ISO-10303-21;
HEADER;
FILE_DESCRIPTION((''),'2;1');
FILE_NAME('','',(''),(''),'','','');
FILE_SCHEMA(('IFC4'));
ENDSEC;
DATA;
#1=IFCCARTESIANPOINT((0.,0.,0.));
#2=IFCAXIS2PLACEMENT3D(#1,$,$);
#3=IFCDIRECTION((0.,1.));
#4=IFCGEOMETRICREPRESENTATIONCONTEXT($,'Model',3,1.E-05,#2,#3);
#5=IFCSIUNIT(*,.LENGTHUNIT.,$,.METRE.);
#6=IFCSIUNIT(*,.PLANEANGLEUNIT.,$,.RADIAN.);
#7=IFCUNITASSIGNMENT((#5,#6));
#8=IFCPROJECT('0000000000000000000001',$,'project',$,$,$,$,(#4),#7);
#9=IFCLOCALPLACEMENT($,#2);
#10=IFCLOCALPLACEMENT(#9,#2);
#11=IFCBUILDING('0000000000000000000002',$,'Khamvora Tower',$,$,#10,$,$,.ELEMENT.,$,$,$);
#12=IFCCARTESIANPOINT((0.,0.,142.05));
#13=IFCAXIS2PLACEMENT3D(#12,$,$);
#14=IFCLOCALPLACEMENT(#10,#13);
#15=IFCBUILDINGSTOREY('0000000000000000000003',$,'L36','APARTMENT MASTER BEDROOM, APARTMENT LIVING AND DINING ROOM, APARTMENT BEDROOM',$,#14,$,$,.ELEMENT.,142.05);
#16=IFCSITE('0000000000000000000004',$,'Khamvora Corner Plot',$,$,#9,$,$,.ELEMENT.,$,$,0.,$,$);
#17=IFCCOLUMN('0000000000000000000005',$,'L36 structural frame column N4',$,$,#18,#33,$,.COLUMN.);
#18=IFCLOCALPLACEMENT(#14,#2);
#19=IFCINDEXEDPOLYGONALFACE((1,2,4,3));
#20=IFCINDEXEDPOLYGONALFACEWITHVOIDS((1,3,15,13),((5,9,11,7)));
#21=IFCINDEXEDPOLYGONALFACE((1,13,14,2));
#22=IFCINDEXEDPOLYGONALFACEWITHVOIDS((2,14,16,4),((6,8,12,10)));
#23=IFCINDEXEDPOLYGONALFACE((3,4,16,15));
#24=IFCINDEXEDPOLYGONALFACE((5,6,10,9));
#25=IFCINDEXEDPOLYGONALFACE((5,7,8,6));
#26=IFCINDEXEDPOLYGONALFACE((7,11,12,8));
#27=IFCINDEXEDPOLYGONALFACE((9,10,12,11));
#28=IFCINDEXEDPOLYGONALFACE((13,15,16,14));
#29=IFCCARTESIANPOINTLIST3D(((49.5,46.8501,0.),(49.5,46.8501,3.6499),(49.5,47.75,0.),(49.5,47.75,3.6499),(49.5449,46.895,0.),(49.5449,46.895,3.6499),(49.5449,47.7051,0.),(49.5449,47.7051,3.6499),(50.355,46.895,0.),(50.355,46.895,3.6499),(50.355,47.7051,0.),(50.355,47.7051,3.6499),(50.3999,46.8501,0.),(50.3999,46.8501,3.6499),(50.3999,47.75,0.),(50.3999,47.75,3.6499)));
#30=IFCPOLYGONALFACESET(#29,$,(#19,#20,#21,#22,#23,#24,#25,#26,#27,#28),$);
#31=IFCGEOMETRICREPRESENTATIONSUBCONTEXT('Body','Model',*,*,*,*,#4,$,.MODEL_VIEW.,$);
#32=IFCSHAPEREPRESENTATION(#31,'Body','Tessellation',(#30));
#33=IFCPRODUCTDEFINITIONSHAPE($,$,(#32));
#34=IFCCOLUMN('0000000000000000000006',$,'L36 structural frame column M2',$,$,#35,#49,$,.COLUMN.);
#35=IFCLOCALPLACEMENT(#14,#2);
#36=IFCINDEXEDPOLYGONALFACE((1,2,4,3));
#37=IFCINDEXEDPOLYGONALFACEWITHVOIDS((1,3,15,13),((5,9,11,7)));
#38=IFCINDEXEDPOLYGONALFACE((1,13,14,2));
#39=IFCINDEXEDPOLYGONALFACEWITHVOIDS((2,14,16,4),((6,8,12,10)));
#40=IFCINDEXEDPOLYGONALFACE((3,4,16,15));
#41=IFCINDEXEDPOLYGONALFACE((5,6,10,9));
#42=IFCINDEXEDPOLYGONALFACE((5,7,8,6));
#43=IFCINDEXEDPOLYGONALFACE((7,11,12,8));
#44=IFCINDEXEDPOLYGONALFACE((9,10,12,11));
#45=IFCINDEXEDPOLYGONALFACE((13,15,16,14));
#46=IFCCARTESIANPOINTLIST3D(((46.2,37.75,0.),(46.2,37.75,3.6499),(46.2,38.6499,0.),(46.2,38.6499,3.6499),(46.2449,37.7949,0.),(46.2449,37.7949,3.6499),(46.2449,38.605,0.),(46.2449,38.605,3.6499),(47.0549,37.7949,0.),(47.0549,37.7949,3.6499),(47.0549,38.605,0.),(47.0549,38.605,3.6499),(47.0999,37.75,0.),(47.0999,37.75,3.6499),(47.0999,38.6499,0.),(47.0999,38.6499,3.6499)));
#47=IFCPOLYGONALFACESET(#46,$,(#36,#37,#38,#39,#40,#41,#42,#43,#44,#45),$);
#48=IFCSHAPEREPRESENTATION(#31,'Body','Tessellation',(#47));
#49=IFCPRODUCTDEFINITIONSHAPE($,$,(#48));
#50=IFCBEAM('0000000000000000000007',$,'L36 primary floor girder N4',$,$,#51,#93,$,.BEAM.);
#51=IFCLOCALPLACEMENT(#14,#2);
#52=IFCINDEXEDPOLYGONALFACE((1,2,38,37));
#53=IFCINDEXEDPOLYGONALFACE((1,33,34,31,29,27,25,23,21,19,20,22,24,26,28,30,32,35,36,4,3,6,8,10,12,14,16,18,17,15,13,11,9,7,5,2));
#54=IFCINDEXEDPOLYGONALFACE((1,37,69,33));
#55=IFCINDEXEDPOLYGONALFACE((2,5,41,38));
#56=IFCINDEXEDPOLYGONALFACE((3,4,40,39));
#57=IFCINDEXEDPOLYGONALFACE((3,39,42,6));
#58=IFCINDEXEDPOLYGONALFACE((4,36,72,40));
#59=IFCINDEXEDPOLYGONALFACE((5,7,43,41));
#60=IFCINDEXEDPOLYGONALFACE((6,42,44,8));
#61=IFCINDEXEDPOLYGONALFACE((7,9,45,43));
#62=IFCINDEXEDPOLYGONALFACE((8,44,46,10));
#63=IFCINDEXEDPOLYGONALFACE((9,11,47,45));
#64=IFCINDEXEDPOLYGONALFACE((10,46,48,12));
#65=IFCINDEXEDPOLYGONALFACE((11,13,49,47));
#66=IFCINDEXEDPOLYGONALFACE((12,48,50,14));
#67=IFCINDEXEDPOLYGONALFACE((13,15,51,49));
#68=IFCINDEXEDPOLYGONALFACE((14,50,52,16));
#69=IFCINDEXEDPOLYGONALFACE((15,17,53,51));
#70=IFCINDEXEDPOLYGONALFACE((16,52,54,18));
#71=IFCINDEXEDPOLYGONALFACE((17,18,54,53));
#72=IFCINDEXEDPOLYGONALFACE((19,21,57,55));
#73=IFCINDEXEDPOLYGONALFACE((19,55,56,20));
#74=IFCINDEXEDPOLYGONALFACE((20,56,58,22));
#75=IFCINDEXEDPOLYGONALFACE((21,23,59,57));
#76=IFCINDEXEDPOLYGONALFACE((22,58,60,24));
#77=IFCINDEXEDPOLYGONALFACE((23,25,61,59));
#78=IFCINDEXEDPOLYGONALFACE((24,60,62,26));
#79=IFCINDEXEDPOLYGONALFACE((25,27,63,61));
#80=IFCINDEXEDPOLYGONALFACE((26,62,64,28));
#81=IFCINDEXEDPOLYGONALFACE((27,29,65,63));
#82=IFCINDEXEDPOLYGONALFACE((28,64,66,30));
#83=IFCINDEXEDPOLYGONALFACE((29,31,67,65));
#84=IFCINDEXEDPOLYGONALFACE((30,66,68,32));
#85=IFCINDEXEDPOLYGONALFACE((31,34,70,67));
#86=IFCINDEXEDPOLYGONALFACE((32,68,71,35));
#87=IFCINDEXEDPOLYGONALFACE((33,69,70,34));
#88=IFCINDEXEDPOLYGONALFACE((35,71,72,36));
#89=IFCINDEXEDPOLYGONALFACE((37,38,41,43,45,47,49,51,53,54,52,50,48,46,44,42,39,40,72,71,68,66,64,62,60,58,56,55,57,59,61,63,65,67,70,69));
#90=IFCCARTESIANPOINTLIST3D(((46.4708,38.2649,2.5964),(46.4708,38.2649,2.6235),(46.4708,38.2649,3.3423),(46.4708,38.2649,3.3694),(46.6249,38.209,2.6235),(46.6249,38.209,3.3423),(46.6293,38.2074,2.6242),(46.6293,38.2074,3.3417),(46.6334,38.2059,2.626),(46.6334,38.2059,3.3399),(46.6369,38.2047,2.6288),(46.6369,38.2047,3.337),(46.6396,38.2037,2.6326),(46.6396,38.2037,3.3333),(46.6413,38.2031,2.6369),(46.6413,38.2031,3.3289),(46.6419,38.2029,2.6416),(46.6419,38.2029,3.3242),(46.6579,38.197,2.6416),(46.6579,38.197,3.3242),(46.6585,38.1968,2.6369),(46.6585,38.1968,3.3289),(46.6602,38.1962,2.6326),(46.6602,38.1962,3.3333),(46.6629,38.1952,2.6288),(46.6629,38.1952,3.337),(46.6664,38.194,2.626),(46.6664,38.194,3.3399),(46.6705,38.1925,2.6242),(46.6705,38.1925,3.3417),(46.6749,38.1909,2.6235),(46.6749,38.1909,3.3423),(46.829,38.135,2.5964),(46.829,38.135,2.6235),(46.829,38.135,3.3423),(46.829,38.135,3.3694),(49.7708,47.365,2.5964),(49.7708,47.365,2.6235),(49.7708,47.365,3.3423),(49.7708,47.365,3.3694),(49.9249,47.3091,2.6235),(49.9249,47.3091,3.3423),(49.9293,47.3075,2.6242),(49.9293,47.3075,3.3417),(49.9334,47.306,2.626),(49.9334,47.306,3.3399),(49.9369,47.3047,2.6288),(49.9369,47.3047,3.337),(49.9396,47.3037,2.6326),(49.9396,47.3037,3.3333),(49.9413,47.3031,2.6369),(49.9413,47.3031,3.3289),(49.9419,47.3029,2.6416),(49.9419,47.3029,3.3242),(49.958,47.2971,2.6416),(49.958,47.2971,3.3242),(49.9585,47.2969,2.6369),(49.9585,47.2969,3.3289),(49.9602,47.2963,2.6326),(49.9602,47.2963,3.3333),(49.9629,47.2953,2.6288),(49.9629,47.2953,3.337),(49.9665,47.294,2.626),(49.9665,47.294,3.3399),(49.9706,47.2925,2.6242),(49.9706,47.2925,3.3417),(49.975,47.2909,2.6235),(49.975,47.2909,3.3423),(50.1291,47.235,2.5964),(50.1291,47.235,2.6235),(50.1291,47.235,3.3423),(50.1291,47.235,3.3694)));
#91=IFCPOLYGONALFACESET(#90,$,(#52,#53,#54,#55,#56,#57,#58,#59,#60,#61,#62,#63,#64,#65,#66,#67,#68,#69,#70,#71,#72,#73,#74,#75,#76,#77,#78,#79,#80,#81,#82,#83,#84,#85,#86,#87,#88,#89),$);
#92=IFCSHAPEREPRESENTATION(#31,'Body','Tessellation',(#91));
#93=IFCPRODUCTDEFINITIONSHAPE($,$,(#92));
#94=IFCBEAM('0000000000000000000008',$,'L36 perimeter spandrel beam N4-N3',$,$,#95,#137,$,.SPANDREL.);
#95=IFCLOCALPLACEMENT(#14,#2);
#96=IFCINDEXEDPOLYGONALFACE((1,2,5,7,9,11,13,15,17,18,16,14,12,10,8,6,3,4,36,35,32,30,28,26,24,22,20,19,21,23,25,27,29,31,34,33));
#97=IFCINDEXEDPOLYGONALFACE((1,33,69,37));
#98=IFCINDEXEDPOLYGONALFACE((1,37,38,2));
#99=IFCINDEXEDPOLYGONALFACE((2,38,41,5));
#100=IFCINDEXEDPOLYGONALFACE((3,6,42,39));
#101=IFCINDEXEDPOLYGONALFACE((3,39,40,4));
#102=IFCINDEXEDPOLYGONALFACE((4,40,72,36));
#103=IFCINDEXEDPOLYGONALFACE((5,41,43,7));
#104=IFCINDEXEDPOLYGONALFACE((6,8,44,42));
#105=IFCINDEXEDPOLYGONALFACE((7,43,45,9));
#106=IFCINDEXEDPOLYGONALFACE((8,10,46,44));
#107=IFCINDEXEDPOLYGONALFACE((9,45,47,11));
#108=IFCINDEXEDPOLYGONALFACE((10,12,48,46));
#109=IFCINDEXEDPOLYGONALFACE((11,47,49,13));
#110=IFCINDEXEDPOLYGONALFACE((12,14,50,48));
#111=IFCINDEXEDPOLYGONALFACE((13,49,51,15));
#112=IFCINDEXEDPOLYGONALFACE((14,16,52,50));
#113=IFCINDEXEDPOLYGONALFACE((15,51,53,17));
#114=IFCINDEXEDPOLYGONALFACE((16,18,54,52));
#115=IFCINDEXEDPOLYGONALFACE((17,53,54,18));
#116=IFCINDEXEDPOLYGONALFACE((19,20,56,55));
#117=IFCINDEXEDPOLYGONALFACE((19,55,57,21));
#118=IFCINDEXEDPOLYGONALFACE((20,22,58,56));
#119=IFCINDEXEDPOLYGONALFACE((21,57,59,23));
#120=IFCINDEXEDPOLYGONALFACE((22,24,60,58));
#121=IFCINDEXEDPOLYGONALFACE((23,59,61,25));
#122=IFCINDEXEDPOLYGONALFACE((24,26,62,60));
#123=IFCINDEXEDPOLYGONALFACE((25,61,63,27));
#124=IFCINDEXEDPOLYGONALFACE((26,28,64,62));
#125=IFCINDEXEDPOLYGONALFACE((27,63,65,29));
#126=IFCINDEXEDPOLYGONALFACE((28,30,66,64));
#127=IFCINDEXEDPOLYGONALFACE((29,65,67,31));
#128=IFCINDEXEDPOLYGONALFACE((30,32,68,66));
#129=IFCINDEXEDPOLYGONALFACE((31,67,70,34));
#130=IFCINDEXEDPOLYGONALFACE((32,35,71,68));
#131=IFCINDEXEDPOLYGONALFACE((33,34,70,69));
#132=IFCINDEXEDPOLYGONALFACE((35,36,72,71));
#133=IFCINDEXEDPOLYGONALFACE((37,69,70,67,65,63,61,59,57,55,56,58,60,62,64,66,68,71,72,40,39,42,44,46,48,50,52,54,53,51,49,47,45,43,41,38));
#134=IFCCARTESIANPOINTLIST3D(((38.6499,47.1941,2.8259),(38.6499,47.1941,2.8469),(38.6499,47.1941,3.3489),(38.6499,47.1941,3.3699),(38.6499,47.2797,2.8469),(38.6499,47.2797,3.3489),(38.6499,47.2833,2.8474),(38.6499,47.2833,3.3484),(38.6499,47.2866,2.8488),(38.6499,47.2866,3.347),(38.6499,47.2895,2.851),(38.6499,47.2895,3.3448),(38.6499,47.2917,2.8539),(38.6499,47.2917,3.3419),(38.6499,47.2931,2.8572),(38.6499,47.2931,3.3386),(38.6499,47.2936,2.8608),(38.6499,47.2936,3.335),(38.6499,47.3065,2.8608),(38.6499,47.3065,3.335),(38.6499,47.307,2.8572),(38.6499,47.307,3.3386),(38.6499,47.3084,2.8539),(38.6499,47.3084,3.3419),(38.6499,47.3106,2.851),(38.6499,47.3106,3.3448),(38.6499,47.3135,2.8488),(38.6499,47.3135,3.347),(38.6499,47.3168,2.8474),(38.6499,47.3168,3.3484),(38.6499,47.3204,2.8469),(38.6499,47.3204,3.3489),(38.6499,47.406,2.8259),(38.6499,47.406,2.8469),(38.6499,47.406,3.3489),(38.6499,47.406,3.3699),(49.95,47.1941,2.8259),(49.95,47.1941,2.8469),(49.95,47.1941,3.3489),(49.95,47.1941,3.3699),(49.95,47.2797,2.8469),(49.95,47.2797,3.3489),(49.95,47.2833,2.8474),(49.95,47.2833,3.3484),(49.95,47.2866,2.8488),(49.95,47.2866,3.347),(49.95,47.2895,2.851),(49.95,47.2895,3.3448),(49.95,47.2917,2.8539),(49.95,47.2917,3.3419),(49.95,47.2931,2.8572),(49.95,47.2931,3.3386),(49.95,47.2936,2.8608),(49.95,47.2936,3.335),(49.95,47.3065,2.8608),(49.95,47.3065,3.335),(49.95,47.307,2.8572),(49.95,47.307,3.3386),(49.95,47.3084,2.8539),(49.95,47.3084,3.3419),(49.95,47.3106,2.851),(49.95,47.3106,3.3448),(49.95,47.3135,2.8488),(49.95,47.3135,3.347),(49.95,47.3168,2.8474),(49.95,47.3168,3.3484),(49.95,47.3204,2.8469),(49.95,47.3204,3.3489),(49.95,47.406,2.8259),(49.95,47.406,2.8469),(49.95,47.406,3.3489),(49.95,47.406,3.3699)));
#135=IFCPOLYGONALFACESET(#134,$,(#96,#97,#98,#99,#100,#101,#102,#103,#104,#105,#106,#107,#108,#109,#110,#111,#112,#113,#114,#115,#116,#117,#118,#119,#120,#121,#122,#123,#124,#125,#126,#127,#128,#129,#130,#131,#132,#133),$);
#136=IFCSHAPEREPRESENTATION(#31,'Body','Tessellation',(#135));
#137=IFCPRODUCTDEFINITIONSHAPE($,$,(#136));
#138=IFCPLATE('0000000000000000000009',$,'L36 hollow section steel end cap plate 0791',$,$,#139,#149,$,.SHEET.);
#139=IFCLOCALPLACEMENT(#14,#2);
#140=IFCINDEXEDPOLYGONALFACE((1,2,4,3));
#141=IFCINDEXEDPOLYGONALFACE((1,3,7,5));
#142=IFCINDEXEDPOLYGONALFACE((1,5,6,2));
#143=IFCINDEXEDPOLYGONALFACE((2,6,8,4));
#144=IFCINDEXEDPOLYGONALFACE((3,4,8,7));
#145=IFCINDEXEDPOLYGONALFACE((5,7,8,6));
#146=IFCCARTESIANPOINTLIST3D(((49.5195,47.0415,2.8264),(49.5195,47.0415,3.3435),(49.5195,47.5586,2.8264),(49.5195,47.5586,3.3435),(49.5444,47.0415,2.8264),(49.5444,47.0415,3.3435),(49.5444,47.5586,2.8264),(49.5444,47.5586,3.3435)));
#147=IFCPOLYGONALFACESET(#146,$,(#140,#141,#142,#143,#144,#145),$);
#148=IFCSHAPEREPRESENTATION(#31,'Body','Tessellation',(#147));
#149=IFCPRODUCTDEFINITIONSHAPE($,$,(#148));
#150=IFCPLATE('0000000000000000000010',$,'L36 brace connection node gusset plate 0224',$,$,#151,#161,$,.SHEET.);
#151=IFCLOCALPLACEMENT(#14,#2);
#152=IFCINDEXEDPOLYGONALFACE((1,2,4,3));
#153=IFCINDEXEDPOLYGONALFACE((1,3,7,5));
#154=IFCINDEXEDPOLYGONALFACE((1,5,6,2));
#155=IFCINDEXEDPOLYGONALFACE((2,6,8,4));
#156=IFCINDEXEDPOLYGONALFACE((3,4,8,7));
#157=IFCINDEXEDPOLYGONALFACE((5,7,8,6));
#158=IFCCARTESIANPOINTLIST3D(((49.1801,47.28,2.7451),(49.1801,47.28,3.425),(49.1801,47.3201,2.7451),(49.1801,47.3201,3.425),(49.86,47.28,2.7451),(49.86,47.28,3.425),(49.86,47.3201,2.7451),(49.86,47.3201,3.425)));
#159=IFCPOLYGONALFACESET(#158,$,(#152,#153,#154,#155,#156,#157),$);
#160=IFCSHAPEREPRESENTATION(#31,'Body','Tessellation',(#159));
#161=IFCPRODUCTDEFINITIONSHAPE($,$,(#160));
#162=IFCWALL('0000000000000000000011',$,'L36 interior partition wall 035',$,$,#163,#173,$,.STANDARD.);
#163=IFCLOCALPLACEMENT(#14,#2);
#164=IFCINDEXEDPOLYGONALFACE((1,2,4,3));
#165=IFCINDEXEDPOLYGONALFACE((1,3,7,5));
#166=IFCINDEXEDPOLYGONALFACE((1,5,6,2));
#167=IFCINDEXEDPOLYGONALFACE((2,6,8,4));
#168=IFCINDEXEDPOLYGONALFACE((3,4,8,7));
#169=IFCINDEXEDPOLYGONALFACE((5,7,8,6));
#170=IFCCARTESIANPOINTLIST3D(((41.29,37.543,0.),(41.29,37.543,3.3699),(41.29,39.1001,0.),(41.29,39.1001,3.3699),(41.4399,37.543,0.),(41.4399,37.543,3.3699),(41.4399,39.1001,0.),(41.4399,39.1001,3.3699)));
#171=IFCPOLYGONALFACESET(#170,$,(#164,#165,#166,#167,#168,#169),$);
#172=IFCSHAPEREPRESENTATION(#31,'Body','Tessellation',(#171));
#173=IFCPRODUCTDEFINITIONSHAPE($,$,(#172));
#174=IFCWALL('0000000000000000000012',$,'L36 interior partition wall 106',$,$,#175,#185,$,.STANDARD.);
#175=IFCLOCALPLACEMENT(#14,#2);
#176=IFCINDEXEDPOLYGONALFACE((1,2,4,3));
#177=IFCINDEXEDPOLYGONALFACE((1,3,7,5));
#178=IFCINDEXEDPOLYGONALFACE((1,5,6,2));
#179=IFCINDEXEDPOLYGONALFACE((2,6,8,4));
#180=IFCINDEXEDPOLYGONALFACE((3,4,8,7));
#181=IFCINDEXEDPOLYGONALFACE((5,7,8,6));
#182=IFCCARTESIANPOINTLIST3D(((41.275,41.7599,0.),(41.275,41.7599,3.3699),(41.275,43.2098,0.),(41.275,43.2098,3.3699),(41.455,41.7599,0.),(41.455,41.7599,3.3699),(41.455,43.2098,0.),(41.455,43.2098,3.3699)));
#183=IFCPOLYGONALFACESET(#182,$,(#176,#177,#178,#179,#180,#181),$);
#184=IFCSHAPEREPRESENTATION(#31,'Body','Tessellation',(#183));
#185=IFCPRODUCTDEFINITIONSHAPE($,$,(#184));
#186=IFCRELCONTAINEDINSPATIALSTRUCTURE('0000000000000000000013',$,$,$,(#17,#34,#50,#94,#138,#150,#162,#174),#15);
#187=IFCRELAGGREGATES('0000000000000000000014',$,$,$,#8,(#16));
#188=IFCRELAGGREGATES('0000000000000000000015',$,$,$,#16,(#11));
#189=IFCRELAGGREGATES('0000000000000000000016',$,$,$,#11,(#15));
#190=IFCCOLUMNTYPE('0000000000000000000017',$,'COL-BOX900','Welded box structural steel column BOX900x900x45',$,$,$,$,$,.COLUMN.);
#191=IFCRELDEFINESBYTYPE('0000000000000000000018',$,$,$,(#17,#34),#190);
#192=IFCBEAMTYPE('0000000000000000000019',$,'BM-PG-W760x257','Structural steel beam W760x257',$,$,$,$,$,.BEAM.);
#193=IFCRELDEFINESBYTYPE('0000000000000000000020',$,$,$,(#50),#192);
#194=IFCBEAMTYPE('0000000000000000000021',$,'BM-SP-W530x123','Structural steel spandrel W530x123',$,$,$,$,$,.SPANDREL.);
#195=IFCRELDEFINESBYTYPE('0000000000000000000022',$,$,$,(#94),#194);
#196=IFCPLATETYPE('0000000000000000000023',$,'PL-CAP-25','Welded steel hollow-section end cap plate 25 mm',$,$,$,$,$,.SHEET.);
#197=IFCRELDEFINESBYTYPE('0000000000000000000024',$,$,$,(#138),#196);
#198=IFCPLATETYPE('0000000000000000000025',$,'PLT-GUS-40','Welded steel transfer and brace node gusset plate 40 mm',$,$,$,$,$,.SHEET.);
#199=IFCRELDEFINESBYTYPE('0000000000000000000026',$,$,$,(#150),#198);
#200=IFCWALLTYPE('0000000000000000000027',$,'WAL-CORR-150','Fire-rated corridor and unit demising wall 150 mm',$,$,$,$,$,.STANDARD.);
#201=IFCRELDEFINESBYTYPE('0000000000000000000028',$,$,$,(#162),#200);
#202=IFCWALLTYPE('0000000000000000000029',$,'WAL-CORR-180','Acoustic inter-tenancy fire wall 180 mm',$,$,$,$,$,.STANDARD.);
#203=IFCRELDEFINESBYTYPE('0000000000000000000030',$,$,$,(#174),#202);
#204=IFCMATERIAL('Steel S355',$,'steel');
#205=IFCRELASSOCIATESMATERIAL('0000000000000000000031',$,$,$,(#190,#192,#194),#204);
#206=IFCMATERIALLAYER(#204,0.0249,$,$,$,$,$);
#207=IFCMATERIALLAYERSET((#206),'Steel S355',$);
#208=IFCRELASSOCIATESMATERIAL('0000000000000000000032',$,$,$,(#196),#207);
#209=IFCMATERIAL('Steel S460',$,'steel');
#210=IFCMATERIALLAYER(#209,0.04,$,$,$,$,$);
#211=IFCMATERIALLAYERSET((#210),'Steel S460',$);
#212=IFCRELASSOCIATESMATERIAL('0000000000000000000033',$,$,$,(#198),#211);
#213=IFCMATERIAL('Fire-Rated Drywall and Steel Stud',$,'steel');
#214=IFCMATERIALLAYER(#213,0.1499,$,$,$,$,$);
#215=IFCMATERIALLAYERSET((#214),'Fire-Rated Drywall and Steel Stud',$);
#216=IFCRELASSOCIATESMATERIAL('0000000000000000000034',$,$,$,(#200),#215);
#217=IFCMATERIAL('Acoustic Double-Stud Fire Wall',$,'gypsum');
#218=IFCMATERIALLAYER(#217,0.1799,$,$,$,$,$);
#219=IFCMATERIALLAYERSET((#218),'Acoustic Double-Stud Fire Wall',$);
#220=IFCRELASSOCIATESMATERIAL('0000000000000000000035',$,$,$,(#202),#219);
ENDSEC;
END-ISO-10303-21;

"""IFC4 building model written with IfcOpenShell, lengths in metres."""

from ifc_helpers import new_model, si_unit, direction, frame, frame_2d, origin, origin_2d, place, context, subcontext, project, spatial, rectangle, hollow_rectangle, i_section, extrude, material, layer, layer_set, material_profile, profile_set, type_object, element, save


model = new_model("IFC4")

# Units and contexts
model_context = context("Model", 3, precision=1e-05, world=origin(), true_north=direction((0.0, 1.0)))
body_context = subcontext(model_context, "Body", "Model", "MODEL_VIEW")
ifc_project = project(units=[si_unit("LENGTHUNIT", "METRE"), si_unit("PLANEANGLEUNIT", "RADIAN")], contexts=[model_context])

# Site, building, storey
site_placement = place(None, origin())
site = spatial("IfcSite", under=ifc_project, at=site_placement, Name="Khamvora Corner Plot", CompositionType="ELEMENT", RefElevation=0.0)
building_placement = place(site_placement, origin())
building = spatial("IfcBuilding", under=site, at=building_placement, Name="Khamvora Tower", CompositionType="ELEMENT")
storey_placement = place(building_placement, frame((0.0, 0.0, 142.05)))
storey = spatial("IfcBuildingStorey", under=building, at=storey_placement, Name="L36", Description="APARTMENT MASTER BEDROOM, APARTMENT LIVING AND DINING ROOM, APARTMENT BEDROOM", CompositionType="ELEMENT", Elevation=142.05)

# Columns
ifc_material_1 = material(Name="Steel S355", Category="steel")
ifc_material_profile_1 = material_profile(ifc_material_1, hollow_rectangle(XDim=0.8999, YDim=0.8999, WallThickness=0.0449, at=origin_2d()), Name="BOX900x900x45")
ifc_profile_set_1 = profile_set([ifc_material_profile_1], Name="Steel S355")
column_type = type_object("IfcColumnType", Name="COL-BOX900", Description="Welded box structural steel column BOX900x900x45", PredefinedType="COLUMN", material=ifc_profile_set_1)
for number, where, z_axis, x_axis, name in (
    (1, (49.95, 47.3, 0.0), (0.0, 0.0, 1.0), (1.0, 0.0, 0.0), "L36 structural frame column N4"),
    (2, (46.6499, 38.2, 0.0), (0.0, 0.0, 1.0), (1.0, 0.0, 0.0), "L36 structural frame column M2"),
):
    element("IfcColumn", number, at=place(storey_placement, frame(where, z_axis=z_axis, x_axis=x_axis)), inside=storey, type_object=column_type, Name=name, PredefinedType="COLUMN", context=body_context, shape_type="SweptSolid", body=[
        extrude(hollow_rectangle(XDim=0.8999, YDim=0.8999, WallThickness=0.0449, at=origin_2d()), origin(), (0.0, 0.0, 1.0), 3.6499),
    ])

# Beams
ifc_material_profile_2 = material_profile(ifc_material_1, i_section(OverallWidth=0.3811, OverallDepth=0.7729, WebThickness=0.0171, FlangeThickness=0.0271, FilletRadius=0.0181, at=origin_2d()), Name="W760x257")
ifc_profile_set_2 = profile_set([ifc_material_profile_2], Name="Steel S355")
beam_type_1 = type_object("IfcBeamType", Name="BM-PG-W760x257", Description="Structural steel beam W760x257", PredefinedType="BEAM", material=ifc_profile_set_2)
beam_1_placement = place(storey_placement, frame((46.6499, 38.2, 2.9829), z_axis=(0.340915, 0.940094, 0.0), x_axis=(-0.940094, 0.340915, 0.0)))
element("IfcBeam", 3, at=beam_1_placement, inside=storey, type_object=beam_type_1, Name="L36 primary floor girder N4", PredefinedType="BEAM", context=body_context, shape_type="SweptSolid", body=[
    extrude(i_section(OverallWidth=0.3811, OverallDepth=0.7729, WebThickness=0.0171, FlangeThickness=0.0271, FilletRadius=0.0181, at=origin_2d()), origin(), (0.0, 0.0, 1.0), 9.6799),
])
ifc_material_profile_3 = material_profile(ifc_material_1, i_section(OverallWidth=0.2119, OverallDepth=0.5439, WebThickness=0.0129, FlangeThickness=0.021, FilletRadius=0.0139, at=origin_2d()), Name="W530x123")
ifc_profile_set_3 = profile_set([ifc_material_profile_3], Name="Steel S355")
beam_type_2 = type_object("IfcBeamType", Name="BM-SP-W530x123", Description="Structural steel spandrel W530x123", PredefinedType="SPANDREL", material=ifc_profile_set_3)
beam_2_placement = place(storey_placement, frame((49.95, 47.3, 3.0979), z_axis=(-1.0, 0.0, 0.0), x_axis=(0.0, -1.0, 0.0)))
element("IfcBeam", 4, at=beam_2_placement, inside=storey, type_object=beam_type_2, Name="L36 perimeter spandrel beam N4-N3", PredefinedType="SPANDREL", context=body_context, shape_type="SweptSolid", body=[
    extrude(i_section(OverallWidth=0.2119, OverallDepth=0.5439, WebThickness=0.0129, FlangeThickness=0.021, FilletRadius=0.0139, at=origin_2d()), origin(), (0.0, 0.0, 1.0), 11.3),
])

# Plates
ifc_layer_1 = layer(ifc_material_1, 0.0249)
ifc_layer_set_1 = layer_set([ifc_layer_1], Name="Steel S355")
plate_type_1 = type_object("IfcPlateType", Name="PL-CAP-25", Description="Welded steel hollow-section end cap plate 25 mm", PredefinedType="SHEET", material=ifc_layer_set_1)
plate_1_placement = place(storey_placement, frame((49.532, 47.3, 2.8264), z_axis=(0.0, 0.0, 1.0), x_axis=(1.0, 0.0, 0.0)))
element("IfcPlate", 5, at=plate_1_placement, inside=storey, type_object=plate_type_1, Name="L36 hollow section steel end cap plate 0791", PredefinedType="SHEET", context=body_context, shape_type="SweptSolid", body=[
    extrude(rectangle(XDim=0.0249, YDim=0.5171, at=origin_2d()), origin(), (0.0, 0.0, 1.0), 0.5171),
])
ifc_material_2 = material(Name="Steel S460", Category="steel")
ifc_layer_2 = layer(ifc_material_2, 0.04)
ifc_layer_set_2 = layer_set([ifc_layer_2], Name="Steel S460")
plate_type_2 = type_object("IfcPlateType", Name="PLT-GUS-40", Description="Welded steel transfer and brace node gusset plate 40 mm", PredefinedType="SHEET", material=ifc_layer_set_2)
plate_2_placement = place(storey_placement, frame((49.52, 47.3, 2.7451), z_axis=(0.0, 0.0, 1.0), x_axis=(1.0, 0.0, 0.0)))
element("IfcPlate", 6, at=plate_2_placement, inside=storey, type_object=plate_type_2, Name="L36 brace connection node gusset plate 0224", PredefinedType="SHEET", context=body_context, shape_type="SweptSolid", body=[
    extrude(rectangle(XDim=0.6799, YDim=0.04, at=origin_2d()), origin(), (0.0, 0.0, 1.0), 0.6799),
])

# Walls
ifc_material_3 = material(Name="Fire-Rated Drywall and Steel Stud", Category="steel")
ifc_layer_3 = layer(ifc_material_3, 0.1499)
ifc_layer_set_3 = layer_set([ifc_layer_3], Name="Fire-Rated Drywall and Steel Stud")
wall_type_1 = type_object("IfcWallType", Name="WAL-CORR-150", Description="Fire-rated corridor and unit demising wall 150 mm", PredefinedType="STANDARD", material=ifc_layer_set_3)
wall_1_placement = place(storey_placement, frame((41.365, 39.1001, 0.0), z_axis=(0.0, 0.0, 1.0), x_axis=(0.0, -1.0, 0.0)))
element("IfcWall", 7, at=wall_1_placement, inside=storey, type_object=wall_type_1, Name="L36 interior partition wall 035", PredefinedType="STANDARD", context=body_context, shape_type="SweptSolid", body=[
    extrude(rectangle(XDim=1.5571, YDim=0.1499, at=frame_2d((0.7786, 0.0))), origin(), (0.0, 0.0, 1.0), 3.3699),
])
ifc_material_4 = material(Name="Acoustic Double-Stud Fire Wall", Category="gypsum")
ifc_layer_4 = layer(ifc_material_4, 0.1799)
ifc_layer_set_4 = layer_set([ifc_layer_4], Name="Acoustic Double-Stud Fire Wall")
wall_type_2 = type_object("IfcWallType", Name="WAL-CORR-180", Description="Acoustic inter-tenancy fire wall 180 mm", PredefinedType="STANDARD", material=ifc_layer_set_4)
wall_2_placement = place(storey_placement, frame((41.365, 43.21, 0.0), z_axis=(0.0, 0.0, 1.0), x_axis=(0.0, -1.0, 0.0)))
element("IfcWall", 8, at=wall_2_placement, inside=storey, type_object=wall_type_2, Name="L36 interior partition wall 106", PredefinedType="STANDARD", context=body_context, shape_type="SweptSolid", body=[
    extrude(rectangle(XDim=1.45, YDim=0.1799, at=frame_2d((0.7251, 0.0))), origin(), (0.0, 0.0, 1.0), 3.3699),
])

save(model, "model.ifc")
